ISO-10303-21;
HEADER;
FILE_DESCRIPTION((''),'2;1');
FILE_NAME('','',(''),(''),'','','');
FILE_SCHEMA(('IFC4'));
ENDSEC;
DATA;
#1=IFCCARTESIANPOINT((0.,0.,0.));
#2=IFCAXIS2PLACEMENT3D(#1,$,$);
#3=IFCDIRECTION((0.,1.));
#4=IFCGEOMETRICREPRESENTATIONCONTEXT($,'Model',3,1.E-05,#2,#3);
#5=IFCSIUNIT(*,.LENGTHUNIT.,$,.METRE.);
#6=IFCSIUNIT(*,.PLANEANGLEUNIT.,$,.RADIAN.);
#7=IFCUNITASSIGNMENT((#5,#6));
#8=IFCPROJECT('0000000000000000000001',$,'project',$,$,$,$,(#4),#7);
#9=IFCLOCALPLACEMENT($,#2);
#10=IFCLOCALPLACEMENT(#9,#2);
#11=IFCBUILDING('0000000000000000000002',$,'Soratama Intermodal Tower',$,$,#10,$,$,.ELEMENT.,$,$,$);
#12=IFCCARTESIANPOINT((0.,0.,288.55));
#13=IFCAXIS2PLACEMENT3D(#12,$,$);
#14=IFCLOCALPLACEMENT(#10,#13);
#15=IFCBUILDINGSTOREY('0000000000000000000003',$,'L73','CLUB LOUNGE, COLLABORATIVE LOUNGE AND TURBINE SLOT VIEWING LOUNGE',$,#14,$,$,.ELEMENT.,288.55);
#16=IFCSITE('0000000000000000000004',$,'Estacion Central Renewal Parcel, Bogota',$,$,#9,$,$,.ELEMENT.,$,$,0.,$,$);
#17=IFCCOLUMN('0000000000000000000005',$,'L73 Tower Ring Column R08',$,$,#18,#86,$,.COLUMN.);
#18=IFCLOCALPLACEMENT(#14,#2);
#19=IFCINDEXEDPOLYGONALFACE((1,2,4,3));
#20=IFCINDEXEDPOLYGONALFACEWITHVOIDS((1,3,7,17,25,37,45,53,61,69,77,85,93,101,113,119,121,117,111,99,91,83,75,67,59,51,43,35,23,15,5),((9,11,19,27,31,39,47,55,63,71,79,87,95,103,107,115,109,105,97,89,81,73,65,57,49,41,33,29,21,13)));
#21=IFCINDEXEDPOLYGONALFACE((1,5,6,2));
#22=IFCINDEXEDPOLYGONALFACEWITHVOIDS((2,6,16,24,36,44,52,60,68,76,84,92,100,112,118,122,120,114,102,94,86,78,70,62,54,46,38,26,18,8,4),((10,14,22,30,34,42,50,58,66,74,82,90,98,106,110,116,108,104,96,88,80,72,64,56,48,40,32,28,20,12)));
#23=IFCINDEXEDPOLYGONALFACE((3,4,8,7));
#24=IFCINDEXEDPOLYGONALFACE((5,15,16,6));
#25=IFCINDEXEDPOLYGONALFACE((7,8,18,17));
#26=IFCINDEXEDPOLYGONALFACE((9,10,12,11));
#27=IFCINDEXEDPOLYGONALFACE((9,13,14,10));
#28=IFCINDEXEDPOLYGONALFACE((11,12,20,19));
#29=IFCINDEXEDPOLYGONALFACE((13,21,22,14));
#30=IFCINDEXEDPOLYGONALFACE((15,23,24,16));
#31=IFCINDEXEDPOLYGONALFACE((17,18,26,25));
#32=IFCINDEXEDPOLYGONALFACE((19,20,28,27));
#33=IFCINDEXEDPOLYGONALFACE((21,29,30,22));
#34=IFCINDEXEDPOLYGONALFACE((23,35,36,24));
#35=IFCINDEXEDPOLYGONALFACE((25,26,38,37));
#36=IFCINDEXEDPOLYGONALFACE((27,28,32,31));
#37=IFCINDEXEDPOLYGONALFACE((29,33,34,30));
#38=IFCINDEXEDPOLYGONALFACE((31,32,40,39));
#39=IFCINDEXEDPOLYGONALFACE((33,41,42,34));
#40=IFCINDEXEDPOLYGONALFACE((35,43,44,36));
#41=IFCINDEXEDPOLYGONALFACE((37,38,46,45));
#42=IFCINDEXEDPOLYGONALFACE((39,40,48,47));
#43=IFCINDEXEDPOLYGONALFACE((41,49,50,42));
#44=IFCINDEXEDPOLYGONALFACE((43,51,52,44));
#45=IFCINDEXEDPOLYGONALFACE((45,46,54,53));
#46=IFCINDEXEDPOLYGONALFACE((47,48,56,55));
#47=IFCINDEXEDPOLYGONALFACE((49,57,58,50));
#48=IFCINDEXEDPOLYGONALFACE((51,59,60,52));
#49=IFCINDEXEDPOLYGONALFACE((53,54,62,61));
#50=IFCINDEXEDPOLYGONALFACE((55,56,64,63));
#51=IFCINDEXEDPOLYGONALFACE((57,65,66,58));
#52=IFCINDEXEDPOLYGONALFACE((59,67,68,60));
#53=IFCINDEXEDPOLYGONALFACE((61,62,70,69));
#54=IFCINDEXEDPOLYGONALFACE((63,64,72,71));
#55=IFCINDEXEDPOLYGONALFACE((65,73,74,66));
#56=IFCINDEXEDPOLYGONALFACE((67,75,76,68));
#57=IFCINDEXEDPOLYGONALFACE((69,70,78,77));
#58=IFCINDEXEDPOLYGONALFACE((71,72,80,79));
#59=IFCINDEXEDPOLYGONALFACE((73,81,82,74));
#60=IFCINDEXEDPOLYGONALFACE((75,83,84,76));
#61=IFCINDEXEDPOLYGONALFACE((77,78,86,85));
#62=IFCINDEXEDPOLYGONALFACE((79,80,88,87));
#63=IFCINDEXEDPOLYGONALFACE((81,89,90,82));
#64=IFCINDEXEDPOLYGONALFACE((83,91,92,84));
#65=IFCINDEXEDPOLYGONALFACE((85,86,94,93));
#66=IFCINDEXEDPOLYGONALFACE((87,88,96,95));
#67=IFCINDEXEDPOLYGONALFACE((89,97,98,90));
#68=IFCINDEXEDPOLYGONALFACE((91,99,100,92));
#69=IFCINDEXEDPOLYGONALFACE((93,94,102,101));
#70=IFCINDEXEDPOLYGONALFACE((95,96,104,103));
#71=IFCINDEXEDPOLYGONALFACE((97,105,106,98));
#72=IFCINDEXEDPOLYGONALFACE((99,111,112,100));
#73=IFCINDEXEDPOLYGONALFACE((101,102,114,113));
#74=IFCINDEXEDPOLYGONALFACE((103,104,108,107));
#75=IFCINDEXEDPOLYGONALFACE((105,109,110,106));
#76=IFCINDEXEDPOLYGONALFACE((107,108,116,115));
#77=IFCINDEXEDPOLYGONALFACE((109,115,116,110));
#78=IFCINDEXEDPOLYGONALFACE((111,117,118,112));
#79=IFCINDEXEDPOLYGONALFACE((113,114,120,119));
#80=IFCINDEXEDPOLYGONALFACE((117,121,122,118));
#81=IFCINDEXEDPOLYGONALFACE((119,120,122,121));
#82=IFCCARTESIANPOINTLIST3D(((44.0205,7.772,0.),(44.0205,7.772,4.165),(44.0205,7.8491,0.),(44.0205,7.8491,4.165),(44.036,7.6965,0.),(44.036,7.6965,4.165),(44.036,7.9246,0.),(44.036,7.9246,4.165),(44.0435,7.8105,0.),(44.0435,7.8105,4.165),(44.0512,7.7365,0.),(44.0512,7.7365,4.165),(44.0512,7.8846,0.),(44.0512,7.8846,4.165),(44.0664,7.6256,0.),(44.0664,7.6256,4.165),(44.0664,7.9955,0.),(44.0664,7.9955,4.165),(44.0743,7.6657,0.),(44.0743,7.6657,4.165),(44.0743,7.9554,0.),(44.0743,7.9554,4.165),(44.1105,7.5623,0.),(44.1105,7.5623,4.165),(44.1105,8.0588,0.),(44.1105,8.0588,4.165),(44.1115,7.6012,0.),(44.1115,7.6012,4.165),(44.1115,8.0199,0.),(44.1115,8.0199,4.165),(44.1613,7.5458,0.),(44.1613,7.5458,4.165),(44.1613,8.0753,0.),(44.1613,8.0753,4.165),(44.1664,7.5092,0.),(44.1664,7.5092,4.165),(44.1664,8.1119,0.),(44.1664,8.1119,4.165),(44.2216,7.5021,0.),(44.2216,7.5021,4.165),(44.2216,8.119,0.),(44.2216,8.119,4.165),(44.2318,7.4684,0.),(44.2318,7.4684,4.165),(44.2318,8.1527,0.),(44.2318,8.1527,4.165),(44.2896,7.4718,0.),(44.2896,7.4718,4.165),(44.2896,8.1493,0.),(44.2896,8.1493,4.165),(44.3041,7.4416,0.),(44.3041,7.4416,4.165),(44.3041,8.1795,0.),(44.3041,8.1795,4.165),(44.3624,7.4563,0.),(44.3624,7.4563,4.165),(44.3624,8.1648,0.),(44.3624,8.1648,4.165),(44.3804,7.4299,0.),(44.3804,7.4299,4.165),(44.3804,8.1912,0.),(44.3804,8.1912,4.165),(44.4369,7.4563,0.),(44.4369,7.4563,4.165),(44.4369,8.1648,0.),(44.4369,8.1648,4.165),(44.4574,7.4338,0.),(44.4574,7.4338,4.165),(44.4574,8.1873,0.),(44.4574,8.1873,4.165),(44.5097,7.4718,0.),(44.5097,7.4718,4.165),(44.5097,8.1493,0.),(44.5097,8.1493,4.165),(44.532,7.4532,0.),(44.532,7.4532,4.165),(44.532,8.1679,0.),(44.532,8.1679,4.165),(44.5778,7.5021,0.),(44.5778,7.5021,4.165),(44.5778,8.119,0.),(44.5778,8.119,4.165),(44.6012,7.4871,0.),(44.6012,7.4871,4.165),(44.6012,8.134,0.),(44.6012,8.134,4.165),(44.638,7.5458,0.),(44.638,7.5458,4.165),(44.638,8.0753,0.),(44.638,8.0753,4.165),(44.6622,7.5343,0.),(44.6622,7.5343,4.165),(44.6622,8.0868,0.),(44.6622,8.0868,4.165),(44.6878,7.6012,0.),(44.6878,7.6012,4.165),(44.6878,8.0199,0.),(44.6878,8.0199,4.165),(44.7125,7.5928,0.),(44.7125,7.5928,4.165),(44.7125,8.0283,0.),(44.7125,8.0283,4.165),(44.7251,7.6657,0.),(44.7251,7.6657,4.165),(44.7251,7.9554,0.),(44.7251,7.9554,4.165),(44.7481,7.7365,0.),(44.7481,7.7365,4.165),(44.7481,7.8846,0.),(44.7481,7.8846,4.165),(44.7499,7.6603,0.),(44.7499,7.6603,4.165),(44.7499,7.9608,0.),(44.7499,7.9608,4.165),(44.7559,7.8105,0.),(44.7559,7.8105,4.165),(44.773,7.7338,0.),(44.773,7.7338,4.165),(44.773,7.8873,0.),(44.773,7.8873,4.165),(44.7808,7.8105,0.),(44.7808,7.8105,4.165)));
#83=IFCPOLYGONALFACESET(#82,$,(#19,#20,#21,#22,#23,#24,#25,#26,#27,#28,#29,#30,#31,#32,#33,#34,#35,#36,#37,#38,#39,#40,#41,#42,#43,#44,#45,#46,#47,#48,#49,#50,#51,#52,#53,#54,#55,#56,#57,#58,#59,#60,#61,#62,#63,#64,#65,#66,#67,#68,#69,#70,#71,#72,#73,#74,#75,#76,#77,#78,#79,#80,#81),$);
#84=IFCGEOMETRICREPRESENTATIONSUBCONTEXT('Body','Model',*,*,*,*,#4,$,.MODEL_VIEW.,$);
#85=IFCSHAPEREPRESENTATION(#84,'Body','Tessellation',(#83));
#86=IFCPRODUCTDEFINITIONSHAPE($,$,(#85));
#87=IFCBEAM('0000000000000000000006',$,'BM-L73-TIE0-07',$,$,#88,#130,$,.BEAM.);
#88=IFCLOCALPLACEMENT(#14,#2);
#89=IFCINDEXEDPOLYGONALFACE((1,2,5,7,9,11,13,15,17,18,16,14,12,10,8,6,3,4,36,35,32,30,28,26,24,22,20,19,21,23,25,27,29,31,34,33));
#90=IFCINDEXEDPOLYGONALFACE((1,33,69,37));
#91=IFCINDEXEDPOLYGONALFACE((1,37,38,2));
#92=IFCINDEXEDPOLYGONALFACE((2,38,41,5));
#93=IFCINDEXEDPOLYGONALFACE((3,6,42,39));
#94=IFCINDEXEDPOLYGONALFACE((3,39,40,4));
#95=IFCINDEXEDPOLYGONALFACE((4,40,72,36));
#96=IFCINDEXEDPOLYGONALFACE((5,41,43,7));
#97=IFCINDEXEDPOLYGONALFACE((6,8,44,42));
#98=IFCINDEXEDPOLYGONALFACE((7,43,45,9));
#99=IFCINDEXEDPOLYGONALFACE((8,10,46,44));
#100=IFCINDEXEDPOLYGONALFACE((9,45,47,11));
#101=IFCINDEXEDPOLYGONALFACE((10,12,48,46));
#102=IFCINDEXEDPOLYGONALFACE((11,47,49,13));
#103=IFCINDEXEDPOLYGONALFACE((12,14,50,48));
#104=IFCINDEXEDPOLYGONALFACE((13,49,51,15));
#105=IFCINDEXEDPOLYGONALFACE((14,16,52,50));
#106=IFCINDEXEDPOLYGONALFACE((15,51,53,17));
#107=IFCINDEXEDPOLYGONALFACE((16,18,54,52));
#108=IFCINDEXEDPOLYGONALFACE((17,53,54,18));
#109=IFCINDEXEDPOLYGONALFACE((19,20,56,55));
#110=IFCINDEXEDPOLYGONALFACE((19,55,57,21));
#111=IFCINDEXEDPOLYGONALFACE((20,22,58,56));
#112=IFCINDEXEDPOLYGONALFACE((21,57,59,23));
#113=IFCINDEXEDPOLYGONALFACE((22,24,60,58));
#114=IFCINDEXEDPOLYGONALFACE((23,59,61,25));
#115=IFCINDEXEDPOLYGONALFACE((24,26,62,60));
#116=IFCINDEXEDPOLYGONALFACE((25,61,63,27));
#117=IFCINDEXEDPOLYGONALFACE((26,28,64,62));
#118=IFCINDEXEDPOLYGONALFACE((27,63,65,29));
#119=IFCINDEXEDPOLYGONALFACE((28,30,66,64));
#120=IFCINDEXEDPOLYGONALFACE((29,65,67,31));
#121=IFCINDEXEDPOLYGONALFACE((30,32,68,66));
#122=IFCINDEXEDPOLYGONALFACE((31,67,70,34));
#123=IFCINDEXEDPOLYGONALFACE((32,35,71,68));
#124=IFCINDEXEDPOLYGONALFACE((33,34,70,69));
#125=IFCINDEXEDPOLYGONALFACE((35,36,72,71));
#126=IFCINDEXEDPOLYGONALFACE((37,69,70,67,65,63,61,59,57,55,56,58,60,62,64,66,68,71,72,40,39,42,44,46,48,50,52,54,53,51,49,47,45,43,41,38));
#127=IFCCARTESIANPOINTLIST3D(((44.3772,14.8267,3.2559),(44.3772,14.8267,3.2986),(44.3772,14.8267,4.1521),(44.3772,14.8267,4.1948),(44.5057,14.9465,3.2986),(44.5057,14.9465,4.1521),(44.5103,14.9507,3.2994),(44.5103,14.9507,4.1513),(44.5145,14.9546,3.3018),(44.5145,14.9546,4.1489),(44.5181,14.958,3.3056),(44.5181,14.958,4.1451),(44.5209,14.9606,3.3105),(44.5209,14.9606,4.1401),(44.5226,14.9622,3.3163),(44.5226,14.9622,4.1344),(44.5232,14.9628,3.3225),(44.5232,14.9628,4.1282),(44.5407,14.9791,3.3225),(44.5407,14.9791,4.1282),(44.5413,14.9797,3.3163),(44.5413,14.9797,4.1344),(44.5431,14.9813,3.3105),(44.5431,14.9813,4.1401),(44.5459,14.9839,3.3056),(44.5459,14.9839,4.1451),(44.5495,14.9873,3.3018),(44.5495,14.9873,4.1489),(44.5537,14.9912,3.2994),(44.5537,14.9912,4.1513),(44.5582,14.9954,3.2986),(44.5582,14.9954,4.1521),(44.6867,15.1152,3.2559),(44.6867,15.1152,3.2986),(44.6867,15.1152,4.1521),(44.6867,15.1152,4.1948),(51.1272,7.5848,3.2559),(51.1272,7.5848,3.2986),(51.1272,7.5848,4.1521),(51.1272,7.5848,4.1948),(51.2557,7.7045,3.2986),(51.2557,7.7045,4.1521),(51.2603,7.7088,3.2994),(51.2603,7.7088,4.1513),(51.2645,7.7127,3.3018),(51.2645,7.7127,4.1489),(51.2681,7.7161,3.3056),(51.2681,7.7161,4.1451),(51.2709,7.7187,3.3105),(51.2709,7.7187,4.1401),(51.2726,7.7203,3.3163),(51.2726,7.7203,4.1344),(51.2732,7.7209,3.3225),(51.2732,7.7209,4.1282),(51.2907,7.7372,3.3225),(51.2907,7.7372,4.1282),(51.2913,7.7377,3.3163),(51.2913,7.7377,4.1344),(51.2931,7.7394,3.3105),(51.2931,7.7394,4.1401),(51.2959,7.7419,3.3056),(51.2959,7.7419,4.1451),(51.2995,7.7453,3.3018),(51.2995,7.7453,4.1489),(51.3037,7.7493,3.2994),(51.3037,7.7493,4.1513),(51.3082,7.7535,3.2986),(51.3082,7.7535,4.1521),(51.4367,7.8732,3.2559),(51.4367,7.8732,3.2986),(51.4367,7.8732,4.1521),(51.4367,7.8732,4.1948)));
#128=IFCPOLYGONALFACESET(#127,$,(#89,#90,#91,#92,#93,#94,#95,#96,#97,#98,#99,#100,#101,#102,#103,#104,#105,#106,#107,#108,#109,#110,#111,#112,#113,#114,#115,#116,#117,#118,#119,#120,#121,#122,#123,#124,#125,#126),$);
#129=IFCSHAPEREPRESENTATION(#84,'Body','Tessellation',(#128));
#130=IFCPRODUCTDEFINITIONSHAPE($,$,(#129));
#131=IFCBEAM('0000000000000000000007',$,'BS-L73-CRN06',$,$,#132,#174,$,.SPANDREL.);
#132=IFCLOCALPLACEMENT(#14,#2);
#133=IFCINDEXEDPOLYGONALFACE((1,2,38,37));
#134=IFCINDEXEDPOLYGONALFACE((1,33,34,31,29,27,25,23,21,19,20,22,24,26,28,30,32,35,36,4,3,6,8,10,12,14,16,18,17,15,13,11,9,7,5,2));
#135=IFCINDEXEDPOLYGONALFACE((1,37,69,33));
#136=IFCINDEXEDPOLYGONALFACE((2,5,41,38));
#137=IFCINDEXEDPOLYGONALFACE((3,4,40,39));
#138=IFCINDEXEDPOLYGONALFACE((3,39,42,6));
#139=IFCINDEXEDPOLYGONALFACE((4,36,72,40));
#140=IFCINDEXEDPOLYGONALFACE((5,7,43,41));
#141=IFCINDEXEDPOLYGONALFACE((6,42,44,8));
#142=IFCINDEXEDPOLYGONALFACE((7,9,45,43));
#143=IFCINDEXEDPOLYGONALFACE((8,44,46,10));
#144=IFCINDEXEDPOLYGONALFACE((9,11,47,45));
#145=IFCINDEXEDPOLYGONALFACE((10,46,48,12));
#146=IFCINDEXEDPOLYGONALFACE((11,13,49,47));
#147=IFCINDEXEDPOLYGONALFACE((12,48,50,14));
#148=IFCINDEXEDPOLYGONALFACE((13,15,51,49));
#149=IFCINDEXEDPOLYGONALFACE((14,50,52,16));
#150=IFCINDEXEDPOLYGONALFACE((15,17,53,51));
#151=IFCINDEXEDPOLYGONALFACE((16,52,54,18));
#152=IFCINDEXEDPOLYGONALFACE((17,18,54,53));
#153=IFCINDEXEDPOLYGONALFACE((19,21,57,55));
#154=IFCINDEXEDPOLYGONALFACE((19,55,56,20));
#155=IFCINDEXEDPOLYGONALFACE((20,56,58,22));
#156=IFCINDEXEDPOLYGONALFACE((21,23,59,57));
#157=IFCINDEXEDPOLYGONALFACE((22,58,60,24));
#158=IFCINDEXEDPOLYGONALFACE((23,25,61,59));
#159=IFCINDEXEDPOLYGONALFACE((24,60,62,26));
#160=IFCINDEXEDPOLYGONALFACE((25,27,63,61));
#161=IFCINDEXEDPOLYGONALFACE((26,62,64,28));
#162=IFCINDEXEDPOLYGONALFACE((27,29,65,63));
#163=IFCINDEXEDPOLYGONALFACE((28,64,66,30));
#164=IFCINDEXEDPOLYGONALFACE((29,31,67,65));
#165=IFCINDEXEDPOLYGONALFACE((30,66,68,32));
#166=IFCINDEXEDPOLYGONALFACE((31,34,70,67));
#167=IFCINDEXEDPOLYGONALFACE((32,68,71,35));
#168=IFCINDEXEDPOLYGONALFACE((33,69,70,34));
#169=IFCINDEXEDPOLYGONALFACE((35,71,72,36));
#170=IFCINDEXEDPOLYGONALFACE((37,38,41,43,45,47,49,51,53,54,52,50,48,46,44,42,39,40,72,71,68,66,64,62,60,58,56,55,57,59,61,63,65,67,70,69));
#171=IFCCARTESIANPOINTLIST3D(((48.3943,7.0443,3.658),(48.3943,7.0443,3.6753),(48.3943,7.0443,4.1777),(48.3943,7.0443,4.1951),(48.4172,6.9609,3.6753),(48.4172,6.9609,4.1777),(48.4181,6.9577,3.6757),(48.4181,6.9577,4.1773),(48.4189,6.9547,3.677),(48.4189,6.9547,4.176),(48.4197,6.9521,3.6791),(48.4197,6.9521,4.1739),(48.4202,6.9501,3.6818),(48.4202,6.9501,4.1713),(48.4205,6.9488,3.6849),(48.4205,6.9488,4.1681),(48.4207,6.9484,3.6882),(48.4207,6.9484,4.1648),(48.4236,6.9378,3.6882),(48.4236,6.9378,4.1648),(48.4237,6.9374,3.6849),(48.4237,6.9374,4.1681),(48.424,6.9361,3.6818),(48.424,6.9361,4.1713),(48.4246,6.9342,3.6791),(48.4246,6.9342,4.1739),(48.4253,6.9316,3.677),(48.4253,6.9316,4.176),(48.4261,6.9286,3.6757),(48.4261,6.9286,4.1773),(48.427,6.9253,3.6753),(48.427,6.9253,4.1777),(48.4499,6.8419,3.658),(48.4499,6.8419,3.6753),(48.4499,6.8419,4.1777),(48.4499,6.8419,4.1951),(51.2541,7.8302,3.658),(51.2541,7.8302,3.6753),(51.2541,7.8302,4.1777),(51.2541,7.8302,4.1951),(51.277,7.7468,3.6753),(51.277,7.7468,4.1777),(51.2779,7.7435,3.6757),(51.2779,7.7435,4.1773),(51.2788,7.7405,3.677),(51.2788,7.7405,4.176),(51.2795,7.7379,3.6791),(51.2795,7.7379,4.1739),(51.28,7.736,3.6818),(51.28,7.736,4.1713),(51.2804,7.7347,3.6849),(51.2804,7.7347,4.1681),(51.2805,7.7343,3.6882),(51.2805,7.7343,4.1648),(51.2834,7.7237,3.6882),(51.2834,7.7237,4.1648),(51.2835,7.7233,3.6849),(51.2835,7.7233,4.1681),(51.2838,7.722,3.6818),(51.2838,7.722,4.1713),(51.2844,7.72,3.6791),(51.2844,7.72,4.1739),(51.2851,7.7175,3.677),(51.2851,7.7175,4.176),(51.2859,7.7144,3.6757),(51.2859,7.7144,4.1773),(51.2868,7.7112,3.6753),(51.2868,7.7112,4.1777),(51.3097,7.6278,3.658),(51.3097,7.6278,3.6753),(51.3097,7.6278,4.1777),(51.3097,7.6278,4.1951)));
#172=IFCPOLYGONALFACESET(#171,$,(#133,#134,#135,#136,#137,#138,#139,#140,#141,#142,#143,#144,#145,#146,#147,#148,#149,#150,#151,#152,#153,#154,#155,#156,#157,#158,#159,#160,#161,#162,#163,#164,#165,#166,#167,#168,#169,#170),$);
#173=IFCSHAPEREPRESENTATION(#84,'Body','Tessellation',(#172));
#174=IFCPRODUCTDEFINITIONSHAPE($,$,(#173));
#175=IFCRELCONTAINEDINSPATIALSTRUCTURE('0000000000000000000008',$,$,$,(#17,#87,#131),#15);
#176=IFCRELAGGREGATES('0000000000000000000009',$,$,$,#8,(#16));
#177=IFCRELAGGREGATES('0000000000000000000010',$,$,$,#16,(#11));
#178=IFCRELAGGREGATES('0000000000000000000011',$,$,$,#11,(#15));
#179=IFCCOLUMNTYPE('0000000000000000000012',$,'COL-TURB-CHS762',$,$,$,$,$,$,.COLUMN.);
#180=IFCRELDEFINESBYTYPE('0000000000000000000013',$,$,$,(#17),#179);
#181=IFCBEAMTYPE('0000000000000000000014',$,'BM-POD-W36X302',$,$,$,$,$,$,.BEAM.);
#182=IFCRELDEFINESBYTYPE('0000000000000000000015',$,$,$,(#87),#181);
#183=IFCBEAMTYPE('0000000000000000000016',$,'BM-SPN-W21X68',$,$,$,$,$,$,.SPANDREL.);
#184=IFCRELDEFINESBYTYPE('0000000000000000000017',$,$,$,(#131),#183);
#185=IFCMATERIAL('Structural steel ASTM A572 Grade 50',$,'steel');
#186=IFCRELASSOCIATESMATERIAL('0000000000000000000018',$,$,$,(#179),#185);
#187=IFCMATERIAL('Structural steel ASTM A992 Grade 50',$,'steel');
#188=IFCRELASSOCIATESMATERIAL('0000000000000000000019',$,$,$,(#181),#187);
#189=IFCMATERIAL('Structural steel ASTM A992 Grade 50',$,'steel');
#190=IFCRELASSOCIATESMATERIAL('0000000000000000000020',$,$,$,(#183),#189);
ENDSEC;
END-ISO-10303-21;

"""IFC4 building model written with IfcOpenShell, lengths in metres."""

from ifc_helpers import new_model, si_unit, direction, frame, origin, origin_2d, place, context, subcontext, project, spatial, hollow_circle, i_section, extrude, material, material_profile, profile_set, type_object, element, save


model = new_model("IFC4")

# Units and contexts
model_context = context("Model", 3, precision=1e-05, world=origin(), true_north=direction((0.0, 1.0)))
body_context = subcontext(model_context, "Body", "Model", "MODEL_VIEW")
ifc_project = project(units=[si_unit("LENGTHUNIT", "METRE"), si_unit("PLANEANGLEUNIT", "RADIAN")], contexts=[model_context])

# Site, building, storey
site_placement = place(None, origin())
site = spatial("IfcSite", under=ifc_project, at=site_placement, Name="Estacion Central Renewal Parcel, Bogota", CompositionType="ELEMENT", RefElevation=0.0)
building_placement = place(site_placement, origin())
building = spatial("IfcBuilding", under=site, at=building_placement, Name="Soratama Intermodal Tower", CompositionType="ELEMENT")
storey_placement = place(building_placement, frame((0.0, 0.0, 288.55)))
storey = spatial("IfcBuildingStorey", under=building, at=storey_placement, Name="L73", Description="CLUB LOUNGE, COLLABORATIVE LOUNGE AND TURBINE SLOT VIEWING LOUNGE", CompositionType="ELEMENT", Elevation=288.55)

# Column
ifc_material_1 = material(Name="Structural steel ASTM A572 Grade 50", Category="steel")
ifc_material_profile_1 = material_profile(ifc_material_1, hollow_circle(Radius=0.3811, WallThickness=0.0249, at=origin_2d()), Name="CHS762X25")
ifc_profile_set_1 = profile_set([ifc_material_profile_1], Name="Structural steel ASTM A572 Grade 50")
column_type = type_object("IfcColumnType", Name="COL-TURB-CHS762", PredefinedType="COLUMN", material=ifc_profile_set_1)
column_placement = place(storey_placement, frame((44.3997, 7.8105, 0.0), z_axis=(0.0, 0.0, 1.0), x_axis=(1.0, 0.0, 0.0)))
element("IfcColumn", 1, at=column_placement, inside=storey, type_object=column_type, Name="L73 Tower Ring Column R08", PredefinedType="COLUMN", context=body_context, shape_type="SweptSolid", body=[
    extrude(hollow_circle(Radius=0.3811, WallThickness=0.0249, at=origin_2d()), origin(), (0.0, 0.0, 1.0), 4.165),
])

# Beams
ifc_material_2 = material(Name="Structural steel ASTM A992 Grade 50", Category="steel")
ifc_material_profile_2 = material_profile(ifc_material_2, i_section(OverallWidth=0.4231, OverallDepth=0.939, WebThickness=0.0239, FlangeThickness=0.0427, FilletRadius=0.0239, at=origin_2d()), Name="W36X302")
ifc_profile_set_2 = profile_set([ifc_material_profile_2], Name="Structural steel ASTM A992 Grade 50")
beam_type_1 = type_object("IfcBeamType", Name="BM-POD-W36X302", PredefinedType="BEAM", material=ifc_profile_set_2)
beam_1_placement = place(storey_placement, frame((44.532, 14.9709, 3.7253), z_axis=(0.681824, -0.731516, 0.0), x_axis=(0.731516, 0.681824, 0.0)))
element("IfcBeam", 2, at=beam_1_placement, inside=storey, type_object=beam_type_1, Name="BM-L73-TIE0-07", PredefinedType="BEAM", context=body_context, shape_type="SweptSolid", body=[
    extrude(i_section(OverallWidth=0.4231, OverallDepth=0.939, WebThickness=0.0239, FlangeThickness=0.0427, FilletRadius=0.0239, at=origin_2d()), origin(), (0.0, 0.0, 1.0), 9.8999),
])
ifc_material_3 = material(Name="Structural steel ASTM A992 Grade 50", Category="steel")
ifc_material_profile_3 = material_profile(ifc_material_3, i_section(OverallWidth=0.21, OverallDepth=0.5371, WebThickness=0.011, FlangeThickness=0.0173, FilletRadius=0.0129, at=origin_2d()), Name="W21X68")
ifc_profile_set_3 = profile_set([ifc_material_profile_3], Name="Structural steel ASTM A992 Grade 50")
beam_type_2 = type_object("IfcBeamType", Name="BM-SPN-W21X68", PredefinedType="SPANDREL", material=ifc_profile_set_3)
beam_2_placement = place(storey_placement, frame((48.4221, 6.9431, 3.9265), z_axis=(0.964255, 0.264977, 0.0), x_axis=(-0.264977, 0.964255, 0.0)))
element("IfcBeam", 3, at=beam_2_placement, inside=storey, type_object=beam_type_2, Name="BS-L73-CRN06", PredefinedType="SPANDREL", context=body_context, shape_type="SweptSolid", body=[
    extrude(i_section(OverallWidth=0.21, OverallDepth=0.5371, WebThickness=0.011, FlangeThickness=0.0173, FilletRadius=0.0129, at=origin_2d()), origin(), (0.0, 0.0, 1.0), 2.9658),
])

save(model, "model.ifc")
